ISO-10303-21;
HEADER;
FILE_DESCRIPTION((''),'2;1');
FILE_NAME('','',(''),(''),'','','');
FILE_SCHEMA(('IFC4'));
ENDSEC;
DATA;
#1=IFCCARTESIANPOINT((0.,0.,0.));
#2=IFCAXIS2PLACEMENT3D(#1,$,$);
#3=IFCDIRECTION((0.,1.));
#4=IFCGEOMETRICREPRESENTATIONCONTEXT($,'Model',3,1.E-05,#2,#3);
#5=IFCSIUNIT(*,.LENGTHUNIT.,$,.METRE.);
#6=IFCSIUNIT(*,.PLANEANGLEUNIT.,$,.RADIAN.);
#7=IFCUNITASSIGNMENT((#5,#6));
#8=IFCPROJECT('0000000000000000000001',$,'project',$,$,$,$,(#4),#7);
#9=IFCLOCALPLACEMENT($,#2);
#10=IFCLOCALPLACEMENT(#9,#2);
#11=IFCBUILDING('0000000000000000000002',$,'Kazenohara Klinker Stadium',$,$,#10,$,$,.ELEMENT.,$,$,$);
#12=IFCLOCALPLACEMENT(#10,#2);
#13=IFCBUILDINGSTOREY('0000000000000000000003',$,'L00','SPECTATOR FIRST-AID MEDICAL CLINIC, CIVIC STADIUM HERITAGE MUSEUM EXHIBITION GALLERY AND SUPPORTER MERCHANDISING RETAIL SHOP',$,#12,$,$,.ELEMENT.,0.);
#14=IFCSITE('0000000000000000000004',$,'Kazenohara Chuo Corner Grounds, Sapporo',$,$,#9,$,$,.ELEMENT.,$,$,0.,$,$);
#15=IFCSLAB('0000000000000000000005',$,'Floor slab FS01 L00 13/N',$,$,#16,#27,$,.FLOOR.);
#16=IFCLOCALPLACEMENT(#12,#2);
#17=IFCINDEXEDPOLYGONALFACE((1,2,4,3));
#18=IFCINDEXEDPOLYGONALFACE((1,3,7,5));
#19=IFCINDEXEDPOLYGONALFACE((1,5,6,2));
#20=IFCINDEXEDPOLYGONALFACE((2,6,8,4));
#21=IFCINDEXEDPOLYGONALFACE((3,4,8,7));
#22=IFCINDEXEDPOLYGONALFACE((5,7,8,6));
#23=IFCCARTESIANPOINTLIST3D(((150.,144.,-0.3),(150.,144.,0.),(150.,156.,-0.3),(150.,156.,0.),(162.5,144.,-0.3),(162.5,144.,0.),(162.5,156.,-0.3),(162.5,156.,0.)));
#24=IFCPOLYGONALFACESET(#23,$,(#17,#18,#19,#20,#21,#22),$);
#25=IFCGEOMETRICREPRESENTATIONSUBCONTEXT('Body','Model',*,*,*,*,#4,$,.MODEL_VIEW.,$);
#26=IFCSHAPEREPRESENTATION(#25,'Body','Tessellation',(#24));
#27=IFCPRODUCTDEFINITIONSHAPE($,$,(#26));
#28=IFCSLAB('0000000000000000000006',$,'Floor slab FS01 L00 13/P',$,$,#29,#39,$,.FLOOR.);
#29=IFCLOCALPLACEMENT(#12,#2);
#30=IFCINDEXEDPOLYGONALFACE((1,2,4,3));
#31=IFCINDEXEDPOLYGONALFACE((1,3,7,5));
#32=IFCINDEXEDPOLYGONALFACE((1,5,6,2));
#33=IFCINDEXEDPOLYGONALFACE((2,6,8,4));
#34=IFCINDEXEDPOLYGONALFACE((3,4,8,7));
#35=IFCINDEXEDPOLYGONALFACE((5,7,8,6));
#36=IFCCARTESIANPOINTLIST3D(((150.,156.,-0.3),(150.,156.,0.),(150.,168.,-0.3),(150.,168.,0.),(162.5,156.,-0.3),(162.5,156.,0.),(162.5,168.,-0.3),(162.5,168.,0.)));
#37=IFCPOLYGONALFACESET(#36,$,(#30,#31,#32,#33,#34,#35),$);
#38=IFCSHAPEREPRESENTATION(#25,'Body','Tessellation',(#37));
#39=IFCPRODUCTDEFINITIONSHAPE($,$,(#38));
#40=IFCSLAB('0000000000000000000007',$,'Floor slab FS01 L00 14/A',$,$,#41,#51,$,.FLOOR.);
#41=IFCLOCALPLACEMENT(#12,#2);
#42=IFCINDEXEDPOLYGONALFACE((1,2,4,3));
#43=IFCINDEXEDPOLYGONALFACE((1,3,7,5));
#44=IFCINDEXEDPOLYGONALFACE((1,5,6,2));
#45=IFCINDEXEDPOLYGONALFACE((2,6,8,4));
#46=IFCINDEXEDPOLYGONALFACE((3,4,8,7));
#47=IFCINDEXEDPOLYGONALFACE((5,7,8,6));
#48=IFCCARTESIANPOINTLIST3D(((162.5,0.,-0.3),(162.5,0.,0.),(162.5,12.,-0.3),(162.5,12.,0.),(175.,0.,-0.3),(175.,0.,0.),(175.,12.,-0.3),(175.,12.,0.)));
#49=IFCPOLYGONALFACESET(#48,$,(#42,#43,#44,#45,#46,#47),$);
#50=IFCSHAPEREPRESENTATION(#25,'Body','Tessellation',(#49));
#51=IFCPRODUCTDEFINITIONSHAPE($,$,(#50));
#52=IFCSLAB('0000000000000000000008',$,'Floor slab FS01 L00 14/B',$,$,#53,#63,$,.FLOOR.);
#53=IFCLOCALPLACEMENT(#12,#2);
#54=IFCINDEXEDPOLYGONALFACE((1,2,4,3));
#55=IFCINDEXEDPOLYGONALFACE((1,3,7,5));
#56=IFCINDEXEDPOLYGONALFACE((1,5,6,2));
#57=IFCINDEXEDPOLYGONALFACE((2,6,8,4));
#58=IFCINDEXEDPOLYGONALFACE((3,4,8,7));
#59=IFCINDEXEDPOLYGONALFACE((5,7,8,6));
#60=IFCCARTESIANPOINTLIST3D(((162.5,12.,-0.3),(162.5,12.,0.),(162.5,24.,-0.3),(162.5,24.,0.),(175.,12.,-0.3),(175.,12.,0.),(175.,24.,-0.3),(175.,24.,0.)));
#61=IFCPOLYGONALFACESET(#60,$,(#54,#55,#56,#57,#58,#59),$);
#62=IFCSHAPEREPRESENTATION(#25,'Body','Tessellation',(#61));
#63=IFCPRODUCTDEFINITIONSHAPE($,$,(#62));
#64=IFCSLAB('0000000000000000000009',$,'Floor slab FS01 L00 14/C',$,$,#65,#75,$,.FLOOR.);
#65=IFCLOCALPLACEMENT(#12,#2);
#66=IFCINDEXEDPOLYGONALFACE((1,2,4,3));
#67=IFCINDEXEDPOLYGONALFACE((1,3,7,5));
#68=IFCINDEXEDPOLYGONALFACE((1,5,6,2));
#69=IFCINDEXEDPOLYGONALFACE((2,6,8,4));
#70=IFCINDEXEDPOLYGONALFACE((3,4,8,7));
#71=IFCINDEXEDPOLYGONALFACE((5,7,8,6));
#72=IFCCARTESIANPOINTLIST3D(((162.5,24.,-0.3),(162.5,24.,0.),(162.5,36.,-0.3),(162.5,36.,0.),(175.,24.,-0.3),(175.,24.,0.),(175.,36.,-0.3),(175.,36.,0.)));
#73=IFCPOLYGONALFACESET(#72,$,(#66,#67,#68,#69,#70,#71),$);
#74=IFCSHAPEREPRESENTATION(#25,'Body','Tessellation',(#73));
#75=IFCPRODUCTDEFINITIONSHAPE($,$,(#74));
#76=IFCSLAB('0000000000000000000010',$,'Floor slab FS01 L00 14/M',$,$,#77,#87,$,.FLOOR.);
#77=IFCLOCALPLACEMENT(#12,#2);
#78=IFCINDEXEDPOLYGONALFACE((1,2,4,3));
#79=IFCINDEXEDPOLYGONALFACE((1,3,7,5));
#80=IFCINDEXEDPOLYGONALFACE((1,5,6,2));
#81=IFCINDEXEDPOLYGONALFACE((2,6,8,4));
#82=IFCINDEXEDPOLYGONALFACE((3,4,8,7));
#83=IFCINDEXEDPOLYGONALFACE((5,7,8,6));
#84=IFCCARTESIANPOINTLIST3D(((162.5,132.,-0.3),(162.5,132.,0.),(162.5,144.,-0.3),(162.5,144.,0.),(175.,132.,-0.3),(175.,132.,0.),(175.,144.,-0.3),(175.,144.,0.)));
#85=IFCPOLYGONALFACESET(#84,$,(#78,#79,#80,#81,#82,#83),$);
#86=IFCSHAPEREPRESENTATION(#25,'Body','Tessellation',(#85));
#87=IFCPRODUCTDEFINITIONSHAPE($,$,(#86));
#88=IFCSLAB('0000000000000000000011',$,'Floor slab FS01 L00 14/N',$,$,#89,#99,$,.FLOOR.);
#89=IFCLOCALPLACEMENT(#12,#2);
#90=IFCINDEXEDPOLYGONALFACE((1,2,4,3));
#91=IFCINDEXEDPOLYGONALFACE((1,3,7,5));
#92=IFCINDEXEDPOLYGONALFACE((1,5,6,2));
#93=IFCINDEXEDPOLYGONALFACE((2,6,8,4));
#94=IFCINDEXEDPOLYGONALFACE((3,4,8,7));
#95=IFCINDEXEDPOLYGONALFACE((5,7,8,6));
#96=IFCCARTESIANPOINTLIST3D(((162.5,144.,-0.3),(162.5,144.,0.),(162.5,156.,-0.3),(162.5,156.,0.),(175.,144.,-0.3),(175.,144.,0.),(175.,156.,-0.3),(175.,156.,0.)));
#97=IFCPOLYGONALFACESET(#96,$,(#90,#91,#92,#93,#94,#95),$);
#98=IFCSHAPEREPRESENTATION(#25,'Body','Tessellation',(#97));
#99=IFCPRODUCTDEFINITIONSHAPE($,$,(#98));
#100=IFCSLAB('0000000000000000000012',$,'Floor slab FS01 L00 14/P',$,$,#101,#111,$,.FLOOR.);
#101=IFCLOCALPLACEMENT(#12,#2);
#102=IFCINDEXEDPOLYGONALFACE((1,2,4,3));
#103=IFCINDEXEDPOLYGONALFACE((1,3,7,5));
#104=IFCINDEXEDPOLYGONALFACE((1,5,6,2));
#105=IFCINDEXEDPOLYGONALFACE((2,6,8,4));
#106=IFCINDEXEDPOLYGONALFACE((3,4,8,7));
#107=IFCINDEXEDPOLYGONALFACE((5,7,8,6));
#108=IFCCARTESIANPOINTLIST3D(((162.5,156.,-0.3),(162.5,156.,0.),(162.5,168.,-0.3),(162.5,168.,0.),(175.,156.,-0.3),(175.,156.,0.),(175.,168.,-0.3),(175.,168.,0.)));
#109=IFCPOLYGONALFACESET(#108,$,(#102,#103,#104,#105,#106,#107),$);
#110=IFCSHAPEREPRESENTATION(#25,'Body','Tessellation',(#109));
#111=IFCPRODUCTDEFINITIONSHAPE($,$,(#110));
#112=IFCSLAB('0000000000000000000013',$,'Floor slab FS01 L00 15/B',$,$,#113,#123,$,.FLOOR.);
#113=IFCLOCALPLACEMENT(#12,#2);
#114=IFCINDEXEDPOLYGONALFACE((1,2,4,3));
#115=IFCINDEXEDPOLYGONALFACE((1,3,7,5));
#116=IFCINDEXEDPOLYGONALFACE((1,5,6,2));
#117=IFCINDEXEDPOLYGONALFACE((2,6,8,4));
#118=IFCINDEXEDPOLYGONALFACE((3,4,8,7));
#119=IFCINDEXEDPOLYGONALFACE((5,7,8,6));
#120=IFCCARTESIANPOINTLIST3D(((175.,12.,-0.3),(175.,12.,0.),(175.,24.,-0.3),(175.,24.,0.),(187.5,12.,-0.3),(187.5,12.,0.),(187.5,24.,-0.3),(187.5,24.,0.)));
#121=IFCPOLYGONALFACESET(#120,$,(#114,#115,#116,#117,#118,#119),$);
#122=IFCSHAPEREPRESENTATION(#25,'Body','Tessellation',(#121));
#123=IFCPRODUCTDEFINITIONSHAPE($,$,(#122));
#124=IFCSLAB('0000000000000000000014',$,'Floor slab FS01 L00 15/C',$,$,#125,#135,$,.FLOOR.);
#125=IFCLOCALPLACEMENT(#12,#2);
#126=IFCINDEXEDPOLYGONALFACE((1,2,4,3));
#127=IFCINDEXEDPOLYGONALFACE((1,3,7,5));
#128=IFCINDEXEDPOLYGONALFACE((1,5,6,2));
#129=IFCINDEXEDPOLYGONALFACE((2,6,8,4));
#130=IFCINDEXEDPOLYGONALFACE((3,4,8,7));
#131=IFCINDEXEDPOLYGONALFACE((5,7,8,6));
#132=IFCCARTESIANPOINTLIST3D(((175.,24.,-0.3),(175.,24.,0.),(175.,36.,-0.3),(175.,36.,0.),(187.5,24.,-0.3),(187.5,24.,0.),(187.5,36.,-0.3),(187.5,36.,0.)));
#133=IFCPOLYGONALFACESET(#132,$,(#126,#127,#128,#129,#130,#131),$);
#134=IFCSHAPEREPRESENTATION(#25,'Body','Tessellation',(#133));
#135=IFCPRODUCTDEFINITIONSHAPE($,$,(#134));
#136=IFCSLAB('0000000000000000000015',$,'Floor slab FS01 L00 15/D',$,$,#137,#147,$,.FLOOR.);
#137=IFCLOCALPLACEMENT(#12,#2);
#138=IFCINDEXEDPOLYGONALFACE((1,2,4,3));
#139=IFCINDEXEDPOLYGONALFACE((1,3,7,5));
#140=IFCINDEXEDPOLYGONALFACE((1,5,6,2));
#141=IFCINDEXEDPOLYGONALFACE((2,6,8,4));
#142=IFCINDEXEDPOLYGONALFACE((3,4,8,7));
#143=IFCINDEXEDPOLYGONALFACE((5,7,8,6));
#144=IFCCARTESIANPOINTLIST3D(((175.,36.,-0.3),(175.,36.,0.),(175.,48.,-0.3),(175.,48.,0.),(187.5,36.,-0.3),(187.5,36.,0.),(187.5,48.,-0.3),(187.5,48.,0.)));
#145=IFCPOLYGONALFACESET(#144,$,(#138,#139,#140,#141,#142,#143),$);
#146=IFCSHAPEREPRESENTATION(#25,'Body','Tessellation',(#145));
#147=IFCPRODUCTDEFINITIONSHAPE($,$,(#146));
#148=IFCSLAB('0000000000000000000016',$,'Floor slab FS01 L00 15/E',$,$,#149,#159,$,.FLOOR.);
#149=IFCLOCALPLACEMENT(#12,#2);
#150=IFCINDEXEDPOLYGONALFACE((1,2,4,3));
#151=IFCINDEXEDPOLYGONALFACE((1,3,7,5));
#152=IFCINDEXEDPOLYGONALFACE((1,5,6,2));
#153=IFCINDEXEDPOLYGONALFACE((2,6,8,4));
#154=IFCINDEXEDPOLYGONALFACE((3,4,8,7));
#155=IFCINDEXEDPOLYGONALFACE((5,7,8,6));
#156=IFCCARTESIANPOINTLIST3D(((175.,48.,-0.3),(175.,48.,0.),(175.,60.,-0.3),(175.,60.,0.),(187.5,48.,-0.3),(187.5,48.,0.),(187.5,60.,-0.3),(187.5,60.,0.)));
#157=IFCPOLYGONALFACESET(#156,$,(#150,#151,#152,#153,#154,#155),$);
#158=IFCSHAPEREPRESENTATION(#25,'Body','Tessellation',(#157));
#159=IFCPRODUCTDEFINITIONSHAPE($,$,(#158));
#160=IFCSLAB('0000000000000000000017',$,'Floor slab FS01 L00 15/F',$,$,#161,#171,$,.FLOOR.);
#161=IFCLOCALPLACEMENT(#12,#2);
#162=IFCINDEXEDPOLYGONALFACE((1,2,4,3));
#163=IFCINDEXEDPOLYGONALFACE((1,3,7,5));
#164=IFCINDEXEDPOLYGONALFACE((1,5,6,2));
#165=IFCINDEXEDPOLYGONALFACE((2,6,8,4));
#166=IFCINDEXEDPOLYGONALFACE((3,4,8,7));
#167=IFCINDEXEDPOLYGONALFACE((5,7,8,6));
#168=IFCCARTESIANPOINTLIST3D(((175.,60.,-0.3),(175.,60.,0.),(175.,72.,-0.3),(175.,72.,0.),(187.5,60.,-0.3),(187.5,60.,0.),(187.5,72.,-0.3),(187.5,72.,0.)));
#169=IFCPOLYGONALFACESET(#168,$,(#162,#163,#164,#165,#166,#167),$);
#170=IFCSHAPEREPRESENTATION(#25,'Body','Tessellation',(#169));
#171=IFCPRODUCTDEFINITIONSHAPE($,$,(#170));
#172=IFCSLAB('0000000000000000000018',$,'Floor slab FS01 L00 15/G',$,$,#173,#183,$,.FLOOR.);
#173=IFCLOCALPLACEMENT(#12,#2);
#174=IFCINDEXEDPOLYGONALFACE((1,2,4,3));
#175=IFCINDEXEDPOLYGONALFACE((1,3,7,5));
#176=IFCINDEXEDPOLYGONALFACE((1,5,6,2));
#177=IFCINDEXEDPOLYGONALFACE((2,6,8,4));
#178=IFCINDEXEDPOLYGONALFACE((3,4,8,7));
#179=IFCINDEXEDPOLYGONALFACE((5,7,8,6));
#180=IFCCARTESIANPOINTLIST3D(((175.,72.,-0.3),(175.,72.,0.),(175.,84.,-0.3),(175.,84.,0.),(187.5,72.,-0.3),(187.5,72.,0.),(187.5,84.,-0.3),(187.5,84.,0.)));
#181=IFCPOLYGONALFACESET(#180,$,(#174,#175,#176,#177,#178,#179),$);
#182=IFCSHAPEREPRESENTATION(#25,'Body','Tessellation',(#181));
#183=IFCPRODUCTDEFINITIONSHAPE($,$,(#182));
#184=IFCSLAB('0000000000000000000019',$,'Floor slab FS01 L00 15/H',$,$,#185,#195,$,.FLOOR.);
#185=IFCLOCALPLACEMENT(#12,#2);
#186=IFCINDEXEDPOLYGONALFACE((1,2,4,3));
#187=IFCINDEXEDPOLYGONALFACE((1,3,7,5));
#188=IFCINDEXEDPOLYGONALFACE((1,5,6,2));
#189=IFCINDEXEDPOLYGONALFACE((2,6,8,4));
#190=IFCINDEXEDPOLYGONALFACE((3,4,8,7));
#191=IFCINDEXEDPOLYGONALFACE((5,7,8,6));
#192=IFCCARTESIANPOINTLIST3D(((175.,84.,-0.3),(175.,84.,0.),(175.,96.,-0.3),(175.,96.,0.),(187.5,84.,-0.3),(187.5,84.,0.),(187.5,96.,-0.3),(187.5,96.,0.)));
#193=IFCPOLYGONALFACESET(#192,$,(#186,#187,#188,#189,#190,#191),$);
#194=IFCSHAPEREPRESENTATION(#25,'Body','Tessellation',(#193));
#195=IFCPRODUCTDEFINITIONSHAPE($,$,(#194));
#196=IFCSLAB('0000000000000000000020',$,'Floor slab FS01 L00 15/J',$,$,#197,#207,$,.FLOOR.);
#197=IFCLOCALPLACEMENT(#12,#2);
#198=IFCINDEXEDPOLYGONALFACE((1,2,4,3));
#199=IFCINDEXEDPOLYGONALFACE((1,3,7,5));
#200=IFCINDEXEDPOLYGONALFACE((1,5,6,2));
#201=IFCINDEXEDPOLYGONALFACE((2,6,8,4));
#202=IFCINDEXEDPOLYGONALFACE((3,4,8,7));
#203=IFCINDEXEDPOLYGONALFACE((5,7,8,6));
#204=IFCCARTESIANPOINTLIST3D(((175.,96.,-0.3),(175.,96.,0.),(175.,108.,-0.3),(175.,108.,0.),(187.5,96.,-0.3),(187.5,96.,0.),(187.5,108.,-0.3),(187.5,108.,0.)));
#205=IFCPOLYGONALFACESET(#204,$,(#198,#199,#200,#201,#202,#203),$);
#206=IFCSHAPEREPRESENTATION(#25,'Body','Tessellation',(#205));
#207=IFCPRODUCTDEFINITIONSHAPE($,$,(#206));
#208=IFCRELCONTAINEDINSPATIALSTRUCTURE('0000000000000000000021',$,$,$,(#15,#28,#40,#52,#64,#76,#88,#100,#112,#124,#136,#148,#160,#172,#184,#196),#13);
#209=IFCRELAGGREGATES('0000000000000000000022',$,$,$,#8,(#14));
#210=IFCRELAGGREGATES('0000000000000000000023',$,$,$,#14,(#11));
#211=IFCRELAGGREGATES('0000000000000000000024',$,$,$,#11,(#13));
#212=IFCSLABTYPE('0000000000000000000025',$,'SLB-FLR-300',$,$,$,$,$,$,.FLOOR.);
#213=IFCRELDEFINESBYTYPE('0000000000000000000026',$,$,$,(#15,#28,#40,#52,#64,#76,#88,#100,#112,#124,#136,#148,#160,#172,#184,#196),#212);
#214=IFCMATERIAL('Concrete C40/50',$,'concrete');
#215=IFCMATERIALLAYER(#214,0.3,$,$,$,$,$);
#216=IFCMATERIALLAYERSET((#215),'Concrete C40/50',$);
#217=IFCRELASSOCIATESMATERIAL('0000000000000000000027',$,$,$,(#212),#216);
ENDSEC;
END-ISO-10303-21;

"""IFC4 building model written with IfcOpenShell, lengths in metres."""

from ifc_helpers import new_model, si_unit, direction, frame, origin, place, context, subcontext, project, spatial, polyline, outline, extrude, material, layer, layer_set, type_object, element, save


model = new_model("IFC4")

# Units and contexts
model_context = context("Model", 3, precision=1e-05, world=origin(), true_north=direction((0.0, 1.0)))
body_context = subcontext(model_context, "Body", "Model", "MODEL_VIEW")
ifc_project = project(units=[si_unit("LENGTHUNIT", "METRE"), si_unit("PLANEANGLEUNIT", "RADIAN")], contexts=[model_context])

# Site, building, storey
site_placement = place(None, origin())
site = spatial("IfcSite", under=ifc_project, at=site_placement, Name="Kazenohara Chuo Corner Grounds, Sapporo", CompositionType="ELEMENT", RefElevation=0.0)
building_placement = place(site_placement, origin())
building = spatial("IfcBuilding", under=site, at=building_placement, Name="Kazenohara Klinker Stadium", CompositionType="ELEMENT")
storey_placement = place(building_placement, origin())
storey = spatial("IfcBuildingStorey", under=building, at=storey_placement, Name="L00", Description="SPECTATOR FIRST-AID MEDICAL CLINIC, CIVIC STADIUM HERITAGE MUSEUM EXHIBITION GALLERY AND SUPPORTER MERCHANDISING RETAIL SHOP", CompositionType="ELEMENT", Elevation=0.0)

# Slabs
ifc_material = material(Name="Concrete C40/50", Category="concrete")
ifc_layer = layer(ifc_material, 0.3)
ifc_layer_set = layer_set([ifc_layer], Name="Concrete C40/50")
slab_type = type_object("IfcSlabType", Name="SLB-FLR-300", PredefinedType="FLOOR", material=ifc_layer_set)
slab_1_placement = place(storey_placement, frame((0.0, 0.0, -0.3)))
element("IfcSlab", 1, at=slab_1_placement, inside=storey, type_object=slab_type, Name="Floor slab FS01 L00 13/N", PredefinedType="FLOOR", context=body_context, shape_type="SweptSolid", body=[
    extrude(outline(polyline([(150.0, 144.0), (162.5, 144.0), (162.5, 156.0), (150.0, 156.0), (150.0, 144.0)])), origin(), (0.0, 0.0, 1.0), 0.3),
])
slab_2_placement = place(storey_placement, frame((0.0, 0.0, -0.3)))
element("IfcSlab", 2, at=slab_2_placement, inside=storey, type_object=slab_type, Name="Floor slab FS01 L00 13/P", PredefinedType="FLOOR", context=body_context, shape_type="SweptSolid", body=[
    extrude(outline(polyline([(150.0, 156.0), (162.5, 156.0), (162.5, 168.0), (150.0, 168.0), (150.0, 156.0)])), origin(), (0.0, 0.0, 1.0), 0.3),
])
slab_3_placement = place(storey_placement, frame((0.0, 0.0, -0.3)))
element("IfcSlab", 3, at=slab_3_placement, inside=storey, type_object=slab_type, Name="Floor slab FS01 L00 14/A", PredefinedType="FLOOR", context=body_context, shape_type="SweptSolid", body=[
    extrude(outline(polyline([(162.5, 0.0), (175.0, 0.0), (175.0, 12.0), (162.5, 12.0), (162.5, 0.0)])), origin(), (0.0, 0.0, 1.0), 0.3),
])
slab_4_placement = place(storey_placement, frame((0.0, 0.0, -0.3)))
element("IfcSlab", 4, at=slab_4_placement, inside=storey, type_object=slab_type, Name="Floor slab FS01 L00 14/B", PredefinedType="FLOOR", context=body_context, shape_type="SweptSolid", body=[
    extrude(outline(polyline([(162.5, 12.0), (175.0, 12.0), (175.0, 24.0), (162.5, 24.0), (162.5, 12.0)])), origin(), (0.0, 0.0, 1.0), 0.3),
])
slab_5_placement = place(storey_placement, frame((0.0, 0.0, -0.3)))
element("IfcSlab", 5, at=slab_5_placement, inside=storey, type_object=slab_type, Name="Floor slab FS01 L00 14/C", PredefinedType="FLOOR", context=body_context, shape_type="SweptSolid", body=[
    extrude(outline(polyline([(162.5, 24.0), (175.0, 24.0), (175.0, 36.0), (162.5, 36.0), (162.5, 24.0)])), origin(), (0.0, 0.0, 1.0), 0.3),
])
slab_6_placement = place(storey_placement, frame((0.0, 0.0, -0.3)))
element("IfcSlab", 6, at=slab_6_placement, inside=storey, type_object=slab_type, Name="Floor slab FS01 L00 14/M", PredefinedType="FLOOR", context=body_context, shape_type="SweptSolid", body=[
    extrude(outline(polyline([(162.5, 132.0), (175.0, 132.0), (175.0, 144.0), (162.5, 144.0), (162.5, 132.0)])), origin(), (0.0, 0.0, 1.0), 0.3),
])
slab_7_placement = place(storey_placement, frame((0.0, 0.0, -0.3)))
element("IfcSlab", 7, at=slab_7_placement, inside=storey, type_object=slab_type, Name="Floor slab FS01 L00 14/N", PredefinedType="FLOOR", context=body_context, shape_type="SweptSolid", body=[
    extrude(outline(polyline([(162.5, 144.0), (175.0, 144.0), (175.0, 156.0), (162.5, 156.0), (162.5, 144.0)])), origin(), (0.0, 0.0, 1.0), 0.3),
])
slab_8_placement = place(storey_placement, frame((0.0, 0.0, -0.3)))
element("IfcSlab", 8, at=slab_8_placement, inside=storey, type_object=slab_type, Name="Floor slab FS01 L00 14/P", PredefinedType="FLOOR", context=body_context, shape_type="SweptSolid", body=[
    extrude(outline(polyline([(162.5, 156.0), (175.0, 156.0), (175.0, 168.0), (162.5, 168.0), (162.5, 156.0)])), origin(), (0.0, 0.0, 1.0), 0.3),
])
slab_9_placement = place(storey_placement, frame((0.0, 0.0, -0.3)))
element("IfcSlab", 9, at=slab_9_placement, inside=storey, type_object=slab_type, Name="Floor slab FS01 L00 15/B", PredefinedType="FLOOR", context=body_context, shape_type="SweptSolid", body=[
    extrude(outline(polyline([(175.0, 12.0), (187.5, 12.0), (187.5, 24.0), (175.0, 24.0), (175.0, 12.0)])), origin(), (0.0, 0.0, 1.0), 0.3),
])
slab_10_placement = place(storey_placement, frame((0.0, 0.0, -0.3)))
element("IfcSlab", 10, at=slab_10_placement, inside=storey, type_object=slab_type, Name="Floor slab FS01 L00 15/C", PredefinedType="FLOOR", context=body_context, shape_type="SweptSolid", body=[
    extrude(outline(polyline([(175.0, 24.0), (187.5, 24.0), (187.5, 36.0), (175.0, 36.0), (175.0, 24.0)])), origin(), (0.0, 0.0, 1.0), 0.3),
])
slab_11_placement = place(storey_placement, frame((0.0, 0.0, -0.3)))
element("IfcSlab", 11, at=slab_11_placement, inside=storey, type_object=slab_type, Name="Floor slab FS01 L00 15/D", PredefinedType="FLOOR", context=body_context, shape_type="SweptSolid", body=[
    extrude(outline(polyline([(175.0, 36.0), (187.5, 36.0), (187.5, 48.0), (175.0, 48.0), (175.0, 36.0)])), origin(), (0.0, 0.0, 1.0), 0.3),
])
slab_12_placement = place(storey_placement, frame((0.0, 0.0, -0.3)))
element("IfcSlab", 12, at=slab_12_placement, inside=storey, type_object=slab_type, Name="Floor slab FS01 L00 15/E", PredefinedType="FLOOR", context=body_context, shape_type="SweptSolid", body=[
    extrude(outline(polyline([(175.0, 48.0), (187.5, 48.0), (187.5, 60.0), (175.0, 60.0), (175.0, 48.0)])), origin(), (0.0, 0.0, 1.0), 0.3),
])
slab_13_placement = place(storey_placement, frame((0.0, 0.0, -0.3)))
element("IfcSlab", 13, at=slab_13_placement, inside=storey, type_object=slab_type, Name="Floor slab FS01 L00 15/F", PredefinedType="FLOOR", context=body_context, shape_type="SweptSolid", body=[
    extrude(outline(polyline([(175.0, 60.0), (187.5, 60.0), (187.5, 72.0), (175.0, 72.0), (175.0, 60.0)])), origin(), (0.0, 0.0, 1.0), 0.3),
])
slab_14_placement = place(storey_placement, frame((0.0, 0.0, -0.3)))
element("IfcSlab", 14, at=slab_14_placement, inside=storey, type_object=slab_type, Name="Floor slab FS01 L00 15/G", PredefinedType="FLOOR", context=body_context, shape_type="SweptSolid", body=[
    extrude(outline(polyline([(175.0, 72.0), (187.5, 72.0), (187.5, 84.0), (175.0, 84.0), (175.0, 72.0)])), origin(), (0.0, 0.0, 1.0), 0.3),
])
slab_15_placement = place(storey_placement, frame((0.0, 0.0, -0.3)))
element("IfcSlab", 15, at=slab_15_placement, inside=storey, type_object=slab_type, Name="Floor slab FS01 L00 15/H", PredefinedType="FLOOR", context=body_context, shape_type="SweptSolid", body=[
    extrude(outline(polyline([(175.0, 84.0), (187.5, 84.0), (187.5, 96.0), (175.0, 96.0), (175.0, 84.0)])), origin(), (0.0, 0.0, 1.0), 0.3),
])
slab_16_placement = place(storey_placement, frame((0.0, 0.0, -0.3)))
element("IfcSlab", 16, at=slab_16_placement, inside=storey, type_object=slab_type, Name="Floor slab FS01 L00 15/J", PredefinedType="FLOOR", context=body_context, shape_type="SweptSolid", body=[
    extrude(outline(polyline([(175.0, 96.0), (187.5, 96.0), (187.5, 108.0), (175.0, 108.0), (175.0, 96.0)])), origin(), (0.0, 0.0, 1.0), 0.3),
])

save(model, "model.ifc")
